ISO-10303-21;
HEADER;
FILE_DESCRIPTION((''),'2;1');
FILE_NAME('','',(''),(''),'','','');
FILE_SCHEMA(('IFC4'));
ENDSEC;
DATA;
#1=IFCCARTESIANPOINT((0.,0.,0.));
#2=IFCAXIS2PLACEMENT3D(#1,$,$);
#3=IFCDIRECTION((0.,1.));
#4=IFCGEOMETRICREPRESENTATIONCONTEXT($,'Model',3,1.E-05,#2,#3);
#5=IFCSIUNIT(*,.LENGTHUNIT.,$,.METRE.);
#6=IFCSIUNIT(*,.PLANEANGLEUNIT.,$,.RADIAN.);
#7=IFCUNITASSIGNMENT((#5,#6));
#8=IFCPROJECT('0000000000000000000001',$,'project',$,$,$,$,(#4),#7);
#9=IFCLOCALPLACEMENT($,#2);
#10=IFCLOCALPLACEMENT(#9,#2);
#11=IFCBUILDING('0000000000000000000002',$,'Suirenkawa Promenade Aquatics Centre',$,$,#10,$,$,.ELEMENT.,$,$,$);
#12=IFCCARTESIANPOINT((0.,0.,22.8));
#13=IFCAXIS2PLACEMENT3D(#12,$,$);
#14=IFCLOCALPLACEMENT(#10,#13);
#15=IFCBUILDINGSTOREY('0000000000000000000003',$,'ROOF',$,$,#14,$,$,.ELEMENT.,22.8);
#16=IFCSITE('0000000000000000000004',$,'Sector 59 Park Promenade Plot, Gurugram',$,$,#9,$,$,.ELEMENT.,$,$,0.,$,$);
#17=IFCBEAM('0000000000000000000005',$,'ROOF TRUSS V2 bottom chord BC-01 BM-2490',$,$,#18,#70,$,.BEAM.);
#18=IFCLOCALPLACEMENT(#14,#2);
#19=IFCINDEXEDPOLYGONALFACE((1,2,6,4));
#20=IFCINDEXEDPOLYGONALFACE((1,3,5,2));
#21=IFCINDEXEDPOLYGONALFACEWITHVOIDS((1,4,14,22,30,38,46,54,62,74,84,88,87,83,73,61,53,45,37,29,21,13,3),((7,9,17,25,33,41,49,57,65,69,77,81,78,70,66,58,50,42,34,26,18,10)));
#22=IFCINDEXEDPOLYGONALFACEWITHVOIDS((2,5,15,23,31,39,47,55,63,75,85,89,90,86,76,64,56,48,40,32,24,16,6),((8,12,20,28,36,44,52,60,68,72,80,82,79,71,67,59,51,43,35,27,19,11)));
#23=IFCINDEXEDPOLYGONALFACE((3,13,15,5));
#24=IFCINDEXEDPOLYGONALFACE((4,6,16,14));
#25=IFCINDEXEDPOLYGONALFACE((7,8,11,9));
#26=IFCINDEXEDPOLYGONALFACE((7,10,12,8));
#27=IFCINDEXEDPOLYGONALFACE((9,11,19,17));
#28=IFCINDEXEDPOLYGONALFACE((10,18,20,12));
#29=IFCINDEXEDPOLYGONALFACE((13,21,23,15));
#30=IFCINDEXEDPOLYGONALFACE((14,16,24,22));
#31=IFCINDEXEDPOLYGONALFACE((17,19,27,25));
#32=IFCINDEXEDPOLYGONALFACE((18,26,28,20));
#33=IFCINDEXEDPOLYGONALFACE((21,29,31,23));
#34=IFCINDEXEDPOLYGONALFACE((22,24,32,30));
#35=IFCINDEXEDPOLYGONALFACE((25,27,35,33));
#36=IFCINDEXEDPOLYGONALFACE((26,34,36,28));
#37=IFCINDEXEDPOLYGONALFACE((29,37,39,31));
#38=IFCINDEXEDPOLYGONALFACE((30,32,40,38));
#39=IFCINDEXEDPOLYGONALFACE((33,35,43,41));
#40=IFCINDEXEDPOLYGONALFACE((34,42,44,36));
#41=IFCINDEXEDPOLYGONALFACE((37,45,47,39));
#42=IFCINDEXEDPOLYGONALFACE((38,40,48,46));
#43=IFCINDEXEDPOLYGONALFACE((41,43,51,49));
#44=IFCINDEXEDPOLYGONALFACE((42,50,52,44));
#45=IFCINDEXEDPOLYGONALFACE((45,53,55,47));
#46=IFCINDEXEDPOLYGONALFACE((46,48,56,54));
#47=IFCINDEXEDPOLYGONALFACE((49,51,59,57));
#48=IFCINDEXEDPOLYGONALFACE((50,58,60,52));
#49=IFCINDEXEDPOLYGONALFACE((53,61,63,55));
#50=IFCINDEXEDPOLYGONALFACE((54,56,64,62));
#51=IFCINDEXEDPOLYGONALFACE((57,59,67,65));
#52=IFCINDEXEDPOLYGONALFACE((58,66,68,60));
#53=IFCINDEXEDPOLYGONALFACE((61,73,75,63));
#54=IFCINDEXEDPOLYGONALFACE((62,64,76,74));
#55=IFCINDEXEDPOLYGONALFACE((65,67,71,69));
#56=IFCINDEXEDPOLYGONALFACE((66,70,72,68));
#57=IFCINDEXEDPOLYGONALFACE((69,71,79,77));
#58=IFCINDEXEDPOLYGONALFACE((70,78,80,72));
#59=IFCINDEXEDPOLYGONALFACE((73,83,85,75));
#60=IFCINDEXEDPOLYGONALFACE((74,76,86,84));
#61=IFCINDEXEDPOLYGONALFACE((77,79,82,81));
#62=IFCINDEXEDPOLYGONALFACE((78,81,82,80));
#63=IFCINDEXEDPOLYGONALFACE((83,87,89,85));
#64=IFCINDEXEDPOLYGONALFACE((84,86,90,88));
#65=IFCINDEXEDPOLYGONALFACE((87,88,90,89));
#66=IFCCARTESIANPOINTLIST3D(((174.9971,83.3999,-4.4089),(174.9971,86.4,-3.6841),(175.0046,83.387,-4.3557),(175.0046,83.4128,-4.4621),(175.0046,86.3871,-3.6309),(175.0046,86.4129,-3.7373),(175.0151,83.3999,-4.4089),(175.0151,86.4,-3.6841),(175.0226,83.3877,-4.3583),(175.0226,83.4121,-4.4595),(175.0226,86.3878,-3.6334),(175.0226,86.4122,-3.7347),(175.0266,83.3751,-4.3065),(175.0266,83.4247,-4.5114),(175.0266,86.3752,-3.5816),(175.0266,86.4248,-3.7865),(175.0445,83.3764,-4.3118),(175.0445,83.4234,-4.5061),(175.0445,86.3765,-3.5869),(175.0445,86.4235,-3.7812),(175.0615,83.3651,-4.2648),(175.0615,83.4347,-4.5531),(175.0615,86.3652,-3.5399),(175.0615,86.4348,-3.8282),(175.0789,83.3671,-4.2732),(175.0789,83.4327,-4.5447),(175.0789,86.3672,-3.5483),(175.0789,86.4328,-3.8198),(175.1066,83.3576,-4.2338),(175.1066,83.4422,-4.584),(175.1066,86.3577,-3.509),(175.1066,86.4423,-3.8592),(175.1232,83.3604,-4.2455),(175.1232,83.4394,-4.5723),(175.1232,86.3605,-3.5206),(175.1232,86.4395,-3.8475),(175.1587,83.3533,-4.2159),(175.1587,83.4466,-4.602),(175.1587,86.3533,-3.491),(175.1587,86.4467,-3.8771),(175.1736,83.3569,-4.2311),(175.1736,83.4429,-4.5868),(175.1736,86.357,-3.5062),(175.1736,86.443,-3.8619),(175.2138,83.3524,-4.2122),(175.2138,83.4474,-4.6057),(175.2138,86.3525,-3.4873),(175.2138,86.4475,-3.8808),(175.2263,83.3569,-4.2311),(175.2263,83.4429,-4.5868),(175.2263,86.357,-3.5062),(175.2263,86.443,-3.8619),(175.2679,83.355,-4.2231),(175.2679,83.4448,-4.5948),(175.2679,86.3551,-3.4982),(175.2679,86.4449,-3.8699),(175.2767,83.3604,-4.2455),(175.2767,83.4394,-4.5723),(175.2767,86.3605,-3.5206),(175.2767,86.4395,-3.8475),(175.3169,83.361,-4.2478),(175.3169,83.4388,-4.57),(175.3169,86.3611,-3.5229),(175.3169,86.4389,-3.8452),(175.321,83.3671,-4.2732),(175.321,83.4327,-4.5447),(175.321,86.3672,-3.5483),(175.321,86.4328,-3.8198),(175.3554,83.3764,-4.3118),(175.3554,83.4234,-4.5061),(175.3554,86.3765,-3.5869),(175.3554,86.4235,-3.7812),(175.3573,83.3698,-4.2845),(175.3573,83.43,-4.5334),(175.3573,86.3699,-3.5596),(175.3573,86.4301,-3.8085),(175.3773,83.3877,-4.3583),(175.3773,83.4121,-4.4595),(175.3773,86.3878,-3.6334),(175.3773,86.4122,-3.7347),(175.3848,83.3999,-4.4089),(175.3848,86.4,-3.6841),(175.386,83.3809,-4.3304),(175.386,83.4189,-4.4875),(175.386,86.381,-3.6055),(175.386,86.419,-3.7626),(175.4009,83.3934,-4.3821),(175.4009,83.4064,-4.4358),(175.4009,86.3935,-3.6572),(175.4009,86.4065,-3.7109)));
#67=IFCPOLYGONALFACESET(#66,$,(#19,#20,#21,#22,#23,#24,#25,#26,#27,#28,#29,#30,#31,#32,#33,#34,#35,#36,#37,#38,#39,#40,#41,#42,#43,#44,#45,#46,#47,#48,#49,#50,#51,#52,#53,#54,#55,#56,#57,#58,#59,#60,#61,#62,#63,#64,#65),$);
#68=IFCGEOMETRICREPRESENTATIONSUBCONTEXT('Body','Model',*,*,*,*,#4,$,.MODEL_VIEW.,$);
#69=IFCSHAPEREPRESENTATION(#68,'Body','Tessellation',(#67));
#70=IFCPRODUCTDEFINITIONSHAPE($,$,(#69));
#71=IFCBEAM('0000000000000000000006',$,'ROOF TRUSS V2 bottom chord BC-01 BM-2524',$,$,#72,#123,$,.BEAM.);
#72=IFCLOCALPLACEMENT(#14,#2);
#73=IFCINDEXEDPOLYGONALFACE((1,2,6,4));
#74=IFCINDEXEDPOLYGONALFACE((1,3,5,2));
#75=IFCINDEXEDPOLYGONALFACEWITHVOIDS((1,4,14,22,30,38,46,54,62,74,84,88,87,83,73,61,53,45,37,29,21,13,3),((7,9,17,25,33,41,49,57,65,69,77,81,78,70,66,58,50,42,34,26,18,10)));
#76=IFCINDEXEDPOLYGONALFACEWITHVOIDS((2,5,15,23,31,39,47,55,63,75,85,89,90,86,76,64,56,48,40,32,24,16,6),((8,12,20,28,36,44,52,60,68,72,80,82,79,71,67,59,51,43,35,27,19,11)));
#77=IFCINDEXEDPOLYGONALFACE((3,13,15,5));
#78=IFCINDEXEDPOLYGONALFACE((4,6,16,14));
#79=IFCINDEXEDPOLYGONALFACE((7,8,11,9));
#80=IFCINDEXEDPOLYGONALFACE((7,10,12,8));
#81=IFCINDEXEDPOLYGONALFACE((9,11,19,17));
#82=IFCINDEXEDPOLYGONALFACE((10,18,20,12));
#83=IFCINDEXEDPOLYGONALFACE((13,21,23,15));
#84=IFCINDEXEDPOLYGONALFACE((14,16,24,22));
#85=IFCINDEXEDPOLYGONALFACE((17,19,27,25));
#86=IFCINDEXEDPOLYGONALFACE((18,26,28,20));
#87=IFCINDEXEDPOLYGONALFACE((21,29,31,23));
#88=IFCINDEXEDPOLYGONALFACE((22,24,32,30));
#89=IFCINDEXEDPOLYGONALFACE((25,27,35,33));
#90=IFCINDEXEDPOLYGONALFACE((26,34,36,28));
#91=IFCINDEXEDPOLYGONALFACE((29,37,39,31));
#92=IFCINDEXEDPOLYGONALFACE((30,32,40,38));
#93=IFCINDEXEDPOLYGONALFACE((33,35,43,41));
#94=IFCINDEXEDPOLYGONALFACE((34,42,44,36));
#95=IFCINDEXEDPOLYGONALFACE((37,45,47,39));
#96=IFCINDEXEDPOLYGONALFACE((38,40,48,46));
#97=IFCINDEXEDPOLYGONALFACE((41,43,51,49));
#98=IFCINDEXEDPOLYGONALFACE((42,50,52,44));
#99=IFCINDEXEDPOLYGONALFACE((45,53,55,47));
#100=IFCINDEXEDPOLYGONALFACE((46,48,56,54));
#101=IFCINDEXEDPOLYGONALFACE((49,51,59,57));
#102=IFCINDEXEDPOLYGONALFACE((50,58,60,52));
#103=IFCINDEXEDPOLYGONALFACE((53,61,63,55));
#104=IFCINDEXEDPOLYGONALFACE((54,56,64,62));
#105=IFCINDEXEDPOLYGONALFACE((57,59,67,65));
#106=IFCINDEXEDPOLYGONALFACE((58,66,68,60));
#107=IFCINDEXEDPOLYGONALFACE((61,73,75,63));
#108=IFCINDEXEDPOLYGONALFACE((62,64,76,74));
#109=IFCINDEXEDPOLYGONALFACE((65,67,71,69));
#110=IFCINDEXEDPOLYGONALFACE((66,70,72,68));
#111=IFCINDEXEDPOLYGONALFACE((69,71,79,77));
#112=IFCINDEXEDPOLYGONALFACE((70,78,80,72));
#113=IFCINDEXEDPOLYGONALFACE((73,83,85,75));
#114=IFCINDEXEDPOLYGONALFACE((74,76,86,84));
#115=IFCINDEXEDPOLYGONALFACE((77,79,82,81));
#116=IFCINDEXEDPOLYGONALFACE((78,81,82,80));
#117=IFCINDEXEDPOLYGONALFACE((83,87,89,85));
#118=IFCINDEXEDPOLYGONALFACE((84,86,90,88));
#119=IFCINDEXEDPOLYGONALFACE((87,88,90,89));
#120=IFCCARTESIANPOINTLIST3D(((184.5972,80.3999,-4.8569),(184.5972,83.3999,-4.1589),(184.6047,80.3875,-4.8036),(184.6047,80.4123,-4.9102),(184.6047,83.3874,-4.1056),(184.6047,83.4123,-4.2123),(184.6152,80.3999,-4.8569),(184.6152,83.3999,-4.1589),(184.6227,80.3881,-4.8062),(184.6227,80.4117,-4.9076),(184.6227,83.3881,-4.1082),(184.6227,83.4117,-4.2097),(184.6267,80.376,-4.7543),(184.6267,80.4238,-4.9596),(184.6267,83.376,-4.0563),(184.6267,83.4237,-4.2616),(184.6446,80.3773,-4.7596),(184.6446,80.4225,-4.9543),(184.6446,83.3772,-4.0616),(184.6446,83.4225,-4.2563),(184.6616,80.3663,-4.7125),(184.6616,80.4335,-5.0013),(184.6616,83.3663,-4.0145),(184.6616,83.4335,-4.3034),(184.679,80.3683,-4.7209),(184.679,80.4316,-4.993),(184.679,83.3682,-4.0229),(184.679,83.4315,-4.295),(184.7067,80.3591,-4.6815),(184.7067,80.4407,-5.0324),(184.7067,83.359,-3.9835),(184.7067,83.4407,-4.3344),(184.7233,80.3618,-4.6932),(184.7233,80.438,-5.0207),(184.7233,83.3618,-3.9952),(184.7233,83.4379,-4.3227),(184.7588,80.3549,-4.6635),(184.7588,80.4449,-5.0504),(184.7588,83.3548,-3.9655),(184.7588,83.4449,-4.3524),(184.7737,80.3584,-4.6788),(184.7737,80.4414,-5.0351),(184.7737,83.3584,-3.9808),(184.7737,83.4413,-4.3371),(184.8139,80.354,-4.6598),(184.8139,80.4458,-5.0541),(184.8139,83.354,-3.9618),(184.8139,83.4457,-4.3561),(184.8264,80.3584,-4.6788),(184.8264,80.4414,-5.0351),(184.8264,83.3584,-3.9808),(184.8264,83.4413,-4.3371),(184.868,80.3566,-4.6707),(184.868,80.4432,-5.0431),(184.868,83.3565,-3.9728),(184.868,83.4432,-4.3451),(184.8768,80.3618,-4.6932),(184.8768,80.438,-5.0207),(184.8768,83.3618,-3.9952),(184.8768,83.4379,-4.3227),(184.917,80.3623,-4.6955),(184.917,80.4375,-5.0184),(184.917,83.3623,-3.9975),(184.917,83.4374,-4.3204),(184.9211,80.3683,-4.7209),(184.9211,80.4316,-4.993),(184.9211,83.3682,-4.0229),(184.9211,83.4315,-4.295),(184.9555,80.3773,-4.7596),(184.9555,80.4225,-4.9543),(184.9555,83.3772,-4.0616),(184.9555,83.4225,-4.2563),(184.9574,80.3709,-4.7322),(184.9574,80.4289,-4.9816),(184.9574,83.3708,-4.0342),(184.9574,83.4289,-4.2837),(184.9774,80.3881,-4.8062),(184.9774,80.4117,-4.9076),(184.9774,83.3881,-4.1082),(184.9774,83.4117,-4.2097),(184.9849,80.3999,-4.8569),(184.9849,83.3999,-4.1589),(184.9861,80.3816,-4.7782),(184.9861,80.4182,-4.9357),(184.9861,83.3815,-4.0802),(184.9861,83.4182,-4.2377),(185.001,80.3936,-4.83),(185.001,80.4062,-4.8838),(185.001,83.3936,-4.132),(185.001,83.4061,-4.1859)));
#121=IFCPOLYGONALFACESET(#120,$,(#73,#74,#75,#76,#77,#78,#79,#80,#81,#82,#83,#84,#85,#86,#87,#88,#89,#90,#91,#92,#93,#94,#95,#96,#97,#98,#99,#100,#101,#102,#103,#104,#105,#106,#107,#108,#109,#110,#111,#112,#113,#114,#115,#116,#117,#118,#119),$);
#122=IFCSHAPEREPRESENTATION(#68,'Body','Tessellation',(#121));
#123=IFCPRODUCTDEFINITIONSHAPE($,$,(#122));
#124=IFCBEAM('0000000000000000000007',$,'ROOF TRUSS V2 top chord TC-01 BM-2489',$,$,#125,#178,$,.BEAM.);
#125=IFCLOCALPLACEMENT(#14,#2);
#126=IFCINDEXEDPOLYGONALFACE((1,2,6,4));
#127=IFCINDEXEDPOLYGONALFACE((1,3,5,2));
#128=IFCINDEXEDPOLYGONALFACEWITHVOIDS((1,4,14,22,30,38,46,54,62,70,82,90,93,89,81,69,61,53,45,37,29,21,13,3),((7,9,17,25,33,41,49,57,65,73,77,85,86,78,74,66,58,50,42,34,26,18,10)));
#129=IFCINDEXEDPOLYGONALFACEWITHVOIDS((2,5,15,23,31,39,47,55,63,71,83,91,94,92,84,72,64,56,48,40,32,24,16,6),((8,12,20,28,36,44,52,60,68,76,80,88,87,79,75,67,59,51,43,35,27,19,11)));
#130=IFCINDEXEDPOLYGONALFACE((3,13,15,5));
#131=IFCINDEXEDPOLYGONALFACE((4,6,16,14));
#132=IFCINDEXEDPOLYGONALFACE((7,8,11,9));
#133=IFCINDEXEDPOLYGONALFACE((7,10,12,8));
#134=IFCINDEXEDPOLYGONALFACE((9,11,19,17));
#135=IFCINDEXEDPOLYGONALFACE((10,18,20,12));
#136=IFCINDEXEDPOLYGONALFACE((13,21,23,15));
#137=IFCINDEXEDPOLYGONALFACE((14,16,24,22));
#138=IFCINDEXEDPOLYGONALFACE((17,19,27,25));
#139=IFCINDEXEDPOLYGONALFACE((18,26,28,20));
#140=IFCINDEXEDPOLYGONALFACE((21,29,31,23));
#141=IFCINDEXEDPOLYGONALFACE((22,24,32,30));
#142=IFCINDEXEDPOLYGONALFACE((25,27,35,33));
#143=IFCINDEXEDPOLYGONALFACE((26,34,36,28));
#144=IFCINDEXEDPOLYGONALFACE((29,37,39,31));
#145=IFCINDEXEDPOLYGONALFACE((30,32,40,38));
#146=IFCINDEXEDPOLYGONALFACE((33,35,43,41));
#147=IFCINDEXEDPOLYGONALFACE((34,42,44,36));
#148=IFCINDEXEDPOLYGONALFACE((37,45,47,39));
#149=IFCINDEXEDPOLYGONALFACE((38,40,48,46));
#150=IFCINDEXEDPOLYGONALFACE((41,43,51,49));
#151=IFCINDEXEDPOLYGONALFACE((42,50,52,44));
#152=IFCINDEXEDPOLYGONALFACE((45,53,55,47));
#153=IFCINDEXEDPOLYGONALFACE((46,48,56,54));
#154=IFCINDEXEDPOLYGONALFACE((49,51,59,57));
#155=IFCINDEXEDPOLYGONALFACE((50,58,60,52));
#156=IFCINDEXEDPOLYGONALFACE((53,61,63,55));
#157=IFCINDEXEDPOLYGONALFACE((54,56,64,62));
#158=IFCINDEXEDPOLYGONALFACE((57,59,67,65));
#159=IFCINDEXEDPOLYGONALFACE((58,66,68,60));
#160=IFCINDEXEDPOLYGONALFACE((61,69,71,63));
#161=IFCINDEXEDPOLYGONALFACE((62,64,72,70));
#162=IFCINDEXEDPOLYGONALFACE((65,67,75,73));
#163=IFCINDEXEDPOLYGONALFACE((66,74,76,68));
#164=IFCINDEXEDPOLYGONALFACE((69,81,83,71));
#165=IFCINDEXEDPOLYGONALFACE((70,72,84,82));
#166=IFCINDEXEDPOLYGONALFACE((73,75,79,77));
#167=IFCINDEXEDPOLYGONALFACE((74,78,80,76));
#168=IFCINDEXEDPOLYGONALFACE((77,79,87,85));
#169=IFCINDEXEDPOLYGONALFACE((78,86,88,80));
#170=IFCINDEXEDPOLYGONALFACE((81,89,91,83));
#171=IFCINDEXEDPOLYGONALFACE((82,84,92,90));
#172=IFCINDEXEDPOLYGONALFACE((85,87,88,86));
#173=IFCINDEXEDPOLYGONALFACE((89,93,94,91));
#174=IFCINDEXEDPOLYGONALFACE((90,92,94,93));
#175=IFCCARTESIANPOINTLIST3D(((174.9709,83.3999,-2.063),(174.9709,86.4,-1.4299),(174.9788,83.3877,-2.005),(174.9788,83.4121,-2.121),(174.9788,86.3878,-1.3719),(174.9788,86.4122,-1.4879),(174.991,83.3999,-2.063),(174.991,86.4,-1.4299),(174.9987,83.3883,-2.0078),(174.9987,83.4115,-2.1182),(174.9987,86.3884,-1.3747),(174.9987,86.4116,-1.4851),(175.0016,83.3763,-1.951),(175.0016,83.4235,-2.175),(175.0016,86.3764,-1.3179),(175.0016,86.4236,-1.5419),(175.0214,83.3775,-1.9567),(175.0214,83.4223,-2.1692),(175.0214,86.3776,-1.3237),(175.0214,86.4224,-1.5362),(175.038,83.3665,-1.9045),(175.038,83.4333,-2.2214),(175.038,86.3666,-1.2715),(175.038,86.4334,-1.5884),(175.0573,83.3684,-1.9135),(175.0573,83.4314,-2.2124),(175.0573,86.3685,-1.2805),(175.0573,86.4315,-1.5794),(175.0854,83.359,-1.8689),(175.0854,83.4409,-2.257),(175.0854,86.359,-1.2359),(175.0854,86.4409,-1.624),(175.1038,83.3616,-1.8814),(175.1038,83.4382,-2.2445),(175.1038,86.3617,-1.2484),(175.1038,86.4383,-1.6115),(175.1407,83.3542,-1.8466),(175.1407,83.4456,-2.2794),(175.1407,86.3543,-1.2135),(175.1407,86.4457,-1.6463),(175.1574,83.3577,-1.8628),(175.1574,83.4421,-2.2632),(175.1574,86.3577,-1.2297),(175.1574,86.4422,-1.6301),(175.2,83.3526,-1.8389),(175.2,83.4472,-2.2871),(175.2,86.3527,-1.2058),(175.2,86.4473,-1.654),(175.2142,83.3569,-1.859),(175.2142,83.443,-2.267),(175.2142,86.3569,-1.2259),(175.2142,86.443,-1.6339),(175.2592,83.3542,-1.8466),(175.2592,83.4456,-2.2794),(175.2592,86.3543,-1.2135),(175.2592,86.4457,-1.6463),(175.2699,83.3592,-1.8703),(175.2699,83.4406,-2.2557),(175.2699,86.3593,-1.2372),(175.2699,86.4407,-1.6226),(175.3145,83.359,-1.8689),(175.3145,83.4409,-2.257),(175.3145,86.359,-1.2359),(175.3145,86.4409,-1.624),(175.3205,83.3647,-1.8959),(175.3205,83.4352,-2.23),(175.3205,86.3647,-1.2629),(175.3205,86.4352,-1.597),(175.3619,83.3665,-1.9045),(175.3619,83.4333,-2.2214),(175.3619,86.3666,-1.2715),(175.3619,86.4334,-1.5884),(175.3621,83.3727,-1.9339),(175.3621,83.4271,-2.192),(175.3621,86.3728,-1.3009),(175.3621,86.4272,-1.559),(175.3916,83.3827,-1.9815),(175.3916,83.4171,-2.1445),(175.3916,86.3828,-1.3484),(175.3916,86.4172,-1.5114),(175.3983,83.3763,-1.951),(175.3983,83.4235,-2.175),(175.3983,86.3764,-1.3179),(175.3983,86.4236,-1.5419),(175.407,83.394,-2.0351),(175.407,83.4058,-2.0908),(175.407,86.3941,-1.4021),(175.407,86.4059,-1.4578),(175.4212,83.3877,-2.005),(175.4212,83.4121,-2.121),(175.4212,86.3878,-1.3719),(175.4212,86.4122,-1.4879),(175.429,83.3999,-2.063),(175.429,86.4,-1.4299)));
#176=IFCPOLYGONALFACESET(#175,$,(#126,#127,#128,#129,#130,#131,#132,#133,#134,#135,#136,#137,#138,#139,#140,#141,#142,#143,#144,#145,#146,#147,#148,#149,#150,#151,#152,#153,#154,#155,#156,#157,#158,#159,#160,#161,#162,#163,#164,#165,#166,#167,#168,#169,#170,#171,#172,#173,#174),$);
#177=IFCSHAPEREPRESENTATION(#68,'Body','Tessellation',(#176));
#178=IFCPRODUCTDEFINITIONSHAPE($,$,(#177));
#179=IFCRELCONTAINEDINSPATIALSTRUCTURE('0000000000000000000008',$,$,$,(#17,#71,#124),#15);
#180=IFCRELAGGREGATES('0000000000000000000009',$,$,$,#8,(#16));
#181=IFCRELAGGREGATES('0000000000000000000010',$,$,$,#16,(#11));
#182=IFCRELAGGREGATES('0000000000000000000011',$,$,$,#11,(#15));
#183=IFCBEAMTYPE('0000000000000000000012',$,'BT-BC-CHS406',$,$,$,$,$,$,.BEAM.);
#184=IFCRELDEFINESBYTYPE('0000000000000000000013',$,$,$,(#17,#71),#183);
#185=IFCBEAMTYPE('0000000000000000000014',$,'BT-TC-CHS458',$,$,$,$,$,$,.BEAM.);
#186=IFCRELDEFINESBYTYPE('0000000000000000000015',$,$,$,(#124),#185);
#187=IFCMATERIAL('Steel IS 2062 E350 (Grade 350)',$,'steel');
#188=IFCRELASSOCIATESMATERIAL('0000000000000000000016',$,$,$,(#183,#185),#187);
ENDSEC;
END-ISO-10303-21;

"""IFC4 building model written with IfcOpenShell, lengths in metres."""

from ifc_helpers import new_model, si_unit, direction, frame, origin, origin_2d, place, context, subcontext, project, spatial, hollow_circle, extrude, material, material_profile, profile_set, type_object, element, save


model = new_model("IFC4")

# Units and contexts
model_context = context("Model", 3, precision=1e-05, world=origin(), true_north=direction((0.0, 1.0)))
body_context = subcontext(model_context, "Body", "Model", "MODEL_VIEW")
ifc_project = project(units=[si_unit("LENGTHUNIT", "METRE"), si_unit("PLANEANGLEUNIT", "RADIAN")], contexts=[model_context])

# Site, building, storey
site_placement = place(None, origin())
site = spatial("IfcSite", under=ifc_project, at=site_placement, Name="Sector 59 Park Promenade Plot, Gurugram", CompositionType="ELEMENT", RefElevation=0.0)
building_placement = place(site_placement, origin())
building = spatial("IfcBuilding", under=site, at=building_placement, Name="Suirenkawa Promenade Aquatics Centre", CompositionType="ELEMENT")
storey_placement = place(building_placement, frame((0.0, 0.0, 22.8)))
storey = spatial("IfcBuildingStorey", under=building, at=storey_placement, Name="ROOF", CompositionType="ELEMENT", Elevation=22.8)

# Beams
ifc_material = material(Name="Steel IS 2062 E350 (Grade 350)", Category="steel")
ifc_material_profile_1 = material_profile(ifc_material, hollow_circle(Radius=0.2029, WallThickness=0.0181, at=origin_2d()), Name="CHS 406x18", Category="steel")
ifc_profile_set_1 = profile_set([ifc_material_profile_1], Name="Steel IS 2062 E350 (Grade 350)")
beam_type_1 = type_object("IfcBeamType", Name="BT-BC-CHS406", PredefinedType="BEAM", material=ifc_profile_set_1)
beam_1_placement = place(storey_placement, frame((175.2, 83.3999, -4.4089), z_axis=(0.0, 0.972029, 0.23486), x_axis=(-1.0, 0.0, 0.0)))
element("IfcBeam", 1, at=beam_1_placement, inside=storey, type_object=beam_type_1, Name="ROOF TRUSS V2 bottom chord BC-01 BM-2490", PredefinedType="BEAM", context=body_context, shape_type="SweptSolid", body=[
    extrude(hollow_circle(Radius=0.2029, WallThickness=0.0181, at=origin_2d()), origin(), (0.0, 0.0, 1.0), 3.0864),
])
beam_2_placement = place(storey_placement, frame((184.8, 80.3999, -4.8569), z_axis=(0.0, 0.973985, 0.226613), x_axis=(-1.0, 0.0, 0.0)))
element("IfcBeam", 2, at=beam_2_placement, inside=storey, type_object=beam_type_1, Name="ROOF TRUSS V2 bottom chord BC-01 BM-2524", PredefinedType="BEAM", context=body_context, shape_type="SweptSolid", body=[
    extrude(hollow_circle(Radius=0.2029, WallThickness=0.0181, at=origin_2d()), origin(), (0.0, 0.0, 1.0), 3.0801),
])
ifc_material_profile_2 = material_profile(ifc_material, hollow_circle(Radius=0.229, WallThickness=0.02, at=origin_2d()), Name="CHS 458x20", Category="steel")
ifc_profile_set_2 = profile_set([ifc_material_profile_2], Name="Steel IS 2062 E350 (Grade 350)")
beam_type_2 = type_object("IfcBeamType", Name="BT-TC-CHS458", PredefinedType="BEAM", material=ifc_profile_set_2)
for number, where, z_axis, x_axis, name in (
    (3, (175.2, 83.3999, -2.063), (0.0, 0.978453, 0.206472), (-1.0, 0.0, 0.0), "ROOF TRUSS V2 top chord TC-01 BM-2489"),
):
    element("IfcBeam", number, at=place(storey_placement, frame(where, z_axis=z_axis, x_axis=x_axis)), inside=storey, type_object=beam_type_2, Name=name, PredefinedType="BEAM", context=body_context, shape_type="SweptSolid", body=[
        extrude(hollow_circle(Radius=0.229, WallThickness=0.02, at=origin_2d()), origin(), (0.0, 0.0, 1.0), 3.0662),
    ])

save(model, "model.ifc")
